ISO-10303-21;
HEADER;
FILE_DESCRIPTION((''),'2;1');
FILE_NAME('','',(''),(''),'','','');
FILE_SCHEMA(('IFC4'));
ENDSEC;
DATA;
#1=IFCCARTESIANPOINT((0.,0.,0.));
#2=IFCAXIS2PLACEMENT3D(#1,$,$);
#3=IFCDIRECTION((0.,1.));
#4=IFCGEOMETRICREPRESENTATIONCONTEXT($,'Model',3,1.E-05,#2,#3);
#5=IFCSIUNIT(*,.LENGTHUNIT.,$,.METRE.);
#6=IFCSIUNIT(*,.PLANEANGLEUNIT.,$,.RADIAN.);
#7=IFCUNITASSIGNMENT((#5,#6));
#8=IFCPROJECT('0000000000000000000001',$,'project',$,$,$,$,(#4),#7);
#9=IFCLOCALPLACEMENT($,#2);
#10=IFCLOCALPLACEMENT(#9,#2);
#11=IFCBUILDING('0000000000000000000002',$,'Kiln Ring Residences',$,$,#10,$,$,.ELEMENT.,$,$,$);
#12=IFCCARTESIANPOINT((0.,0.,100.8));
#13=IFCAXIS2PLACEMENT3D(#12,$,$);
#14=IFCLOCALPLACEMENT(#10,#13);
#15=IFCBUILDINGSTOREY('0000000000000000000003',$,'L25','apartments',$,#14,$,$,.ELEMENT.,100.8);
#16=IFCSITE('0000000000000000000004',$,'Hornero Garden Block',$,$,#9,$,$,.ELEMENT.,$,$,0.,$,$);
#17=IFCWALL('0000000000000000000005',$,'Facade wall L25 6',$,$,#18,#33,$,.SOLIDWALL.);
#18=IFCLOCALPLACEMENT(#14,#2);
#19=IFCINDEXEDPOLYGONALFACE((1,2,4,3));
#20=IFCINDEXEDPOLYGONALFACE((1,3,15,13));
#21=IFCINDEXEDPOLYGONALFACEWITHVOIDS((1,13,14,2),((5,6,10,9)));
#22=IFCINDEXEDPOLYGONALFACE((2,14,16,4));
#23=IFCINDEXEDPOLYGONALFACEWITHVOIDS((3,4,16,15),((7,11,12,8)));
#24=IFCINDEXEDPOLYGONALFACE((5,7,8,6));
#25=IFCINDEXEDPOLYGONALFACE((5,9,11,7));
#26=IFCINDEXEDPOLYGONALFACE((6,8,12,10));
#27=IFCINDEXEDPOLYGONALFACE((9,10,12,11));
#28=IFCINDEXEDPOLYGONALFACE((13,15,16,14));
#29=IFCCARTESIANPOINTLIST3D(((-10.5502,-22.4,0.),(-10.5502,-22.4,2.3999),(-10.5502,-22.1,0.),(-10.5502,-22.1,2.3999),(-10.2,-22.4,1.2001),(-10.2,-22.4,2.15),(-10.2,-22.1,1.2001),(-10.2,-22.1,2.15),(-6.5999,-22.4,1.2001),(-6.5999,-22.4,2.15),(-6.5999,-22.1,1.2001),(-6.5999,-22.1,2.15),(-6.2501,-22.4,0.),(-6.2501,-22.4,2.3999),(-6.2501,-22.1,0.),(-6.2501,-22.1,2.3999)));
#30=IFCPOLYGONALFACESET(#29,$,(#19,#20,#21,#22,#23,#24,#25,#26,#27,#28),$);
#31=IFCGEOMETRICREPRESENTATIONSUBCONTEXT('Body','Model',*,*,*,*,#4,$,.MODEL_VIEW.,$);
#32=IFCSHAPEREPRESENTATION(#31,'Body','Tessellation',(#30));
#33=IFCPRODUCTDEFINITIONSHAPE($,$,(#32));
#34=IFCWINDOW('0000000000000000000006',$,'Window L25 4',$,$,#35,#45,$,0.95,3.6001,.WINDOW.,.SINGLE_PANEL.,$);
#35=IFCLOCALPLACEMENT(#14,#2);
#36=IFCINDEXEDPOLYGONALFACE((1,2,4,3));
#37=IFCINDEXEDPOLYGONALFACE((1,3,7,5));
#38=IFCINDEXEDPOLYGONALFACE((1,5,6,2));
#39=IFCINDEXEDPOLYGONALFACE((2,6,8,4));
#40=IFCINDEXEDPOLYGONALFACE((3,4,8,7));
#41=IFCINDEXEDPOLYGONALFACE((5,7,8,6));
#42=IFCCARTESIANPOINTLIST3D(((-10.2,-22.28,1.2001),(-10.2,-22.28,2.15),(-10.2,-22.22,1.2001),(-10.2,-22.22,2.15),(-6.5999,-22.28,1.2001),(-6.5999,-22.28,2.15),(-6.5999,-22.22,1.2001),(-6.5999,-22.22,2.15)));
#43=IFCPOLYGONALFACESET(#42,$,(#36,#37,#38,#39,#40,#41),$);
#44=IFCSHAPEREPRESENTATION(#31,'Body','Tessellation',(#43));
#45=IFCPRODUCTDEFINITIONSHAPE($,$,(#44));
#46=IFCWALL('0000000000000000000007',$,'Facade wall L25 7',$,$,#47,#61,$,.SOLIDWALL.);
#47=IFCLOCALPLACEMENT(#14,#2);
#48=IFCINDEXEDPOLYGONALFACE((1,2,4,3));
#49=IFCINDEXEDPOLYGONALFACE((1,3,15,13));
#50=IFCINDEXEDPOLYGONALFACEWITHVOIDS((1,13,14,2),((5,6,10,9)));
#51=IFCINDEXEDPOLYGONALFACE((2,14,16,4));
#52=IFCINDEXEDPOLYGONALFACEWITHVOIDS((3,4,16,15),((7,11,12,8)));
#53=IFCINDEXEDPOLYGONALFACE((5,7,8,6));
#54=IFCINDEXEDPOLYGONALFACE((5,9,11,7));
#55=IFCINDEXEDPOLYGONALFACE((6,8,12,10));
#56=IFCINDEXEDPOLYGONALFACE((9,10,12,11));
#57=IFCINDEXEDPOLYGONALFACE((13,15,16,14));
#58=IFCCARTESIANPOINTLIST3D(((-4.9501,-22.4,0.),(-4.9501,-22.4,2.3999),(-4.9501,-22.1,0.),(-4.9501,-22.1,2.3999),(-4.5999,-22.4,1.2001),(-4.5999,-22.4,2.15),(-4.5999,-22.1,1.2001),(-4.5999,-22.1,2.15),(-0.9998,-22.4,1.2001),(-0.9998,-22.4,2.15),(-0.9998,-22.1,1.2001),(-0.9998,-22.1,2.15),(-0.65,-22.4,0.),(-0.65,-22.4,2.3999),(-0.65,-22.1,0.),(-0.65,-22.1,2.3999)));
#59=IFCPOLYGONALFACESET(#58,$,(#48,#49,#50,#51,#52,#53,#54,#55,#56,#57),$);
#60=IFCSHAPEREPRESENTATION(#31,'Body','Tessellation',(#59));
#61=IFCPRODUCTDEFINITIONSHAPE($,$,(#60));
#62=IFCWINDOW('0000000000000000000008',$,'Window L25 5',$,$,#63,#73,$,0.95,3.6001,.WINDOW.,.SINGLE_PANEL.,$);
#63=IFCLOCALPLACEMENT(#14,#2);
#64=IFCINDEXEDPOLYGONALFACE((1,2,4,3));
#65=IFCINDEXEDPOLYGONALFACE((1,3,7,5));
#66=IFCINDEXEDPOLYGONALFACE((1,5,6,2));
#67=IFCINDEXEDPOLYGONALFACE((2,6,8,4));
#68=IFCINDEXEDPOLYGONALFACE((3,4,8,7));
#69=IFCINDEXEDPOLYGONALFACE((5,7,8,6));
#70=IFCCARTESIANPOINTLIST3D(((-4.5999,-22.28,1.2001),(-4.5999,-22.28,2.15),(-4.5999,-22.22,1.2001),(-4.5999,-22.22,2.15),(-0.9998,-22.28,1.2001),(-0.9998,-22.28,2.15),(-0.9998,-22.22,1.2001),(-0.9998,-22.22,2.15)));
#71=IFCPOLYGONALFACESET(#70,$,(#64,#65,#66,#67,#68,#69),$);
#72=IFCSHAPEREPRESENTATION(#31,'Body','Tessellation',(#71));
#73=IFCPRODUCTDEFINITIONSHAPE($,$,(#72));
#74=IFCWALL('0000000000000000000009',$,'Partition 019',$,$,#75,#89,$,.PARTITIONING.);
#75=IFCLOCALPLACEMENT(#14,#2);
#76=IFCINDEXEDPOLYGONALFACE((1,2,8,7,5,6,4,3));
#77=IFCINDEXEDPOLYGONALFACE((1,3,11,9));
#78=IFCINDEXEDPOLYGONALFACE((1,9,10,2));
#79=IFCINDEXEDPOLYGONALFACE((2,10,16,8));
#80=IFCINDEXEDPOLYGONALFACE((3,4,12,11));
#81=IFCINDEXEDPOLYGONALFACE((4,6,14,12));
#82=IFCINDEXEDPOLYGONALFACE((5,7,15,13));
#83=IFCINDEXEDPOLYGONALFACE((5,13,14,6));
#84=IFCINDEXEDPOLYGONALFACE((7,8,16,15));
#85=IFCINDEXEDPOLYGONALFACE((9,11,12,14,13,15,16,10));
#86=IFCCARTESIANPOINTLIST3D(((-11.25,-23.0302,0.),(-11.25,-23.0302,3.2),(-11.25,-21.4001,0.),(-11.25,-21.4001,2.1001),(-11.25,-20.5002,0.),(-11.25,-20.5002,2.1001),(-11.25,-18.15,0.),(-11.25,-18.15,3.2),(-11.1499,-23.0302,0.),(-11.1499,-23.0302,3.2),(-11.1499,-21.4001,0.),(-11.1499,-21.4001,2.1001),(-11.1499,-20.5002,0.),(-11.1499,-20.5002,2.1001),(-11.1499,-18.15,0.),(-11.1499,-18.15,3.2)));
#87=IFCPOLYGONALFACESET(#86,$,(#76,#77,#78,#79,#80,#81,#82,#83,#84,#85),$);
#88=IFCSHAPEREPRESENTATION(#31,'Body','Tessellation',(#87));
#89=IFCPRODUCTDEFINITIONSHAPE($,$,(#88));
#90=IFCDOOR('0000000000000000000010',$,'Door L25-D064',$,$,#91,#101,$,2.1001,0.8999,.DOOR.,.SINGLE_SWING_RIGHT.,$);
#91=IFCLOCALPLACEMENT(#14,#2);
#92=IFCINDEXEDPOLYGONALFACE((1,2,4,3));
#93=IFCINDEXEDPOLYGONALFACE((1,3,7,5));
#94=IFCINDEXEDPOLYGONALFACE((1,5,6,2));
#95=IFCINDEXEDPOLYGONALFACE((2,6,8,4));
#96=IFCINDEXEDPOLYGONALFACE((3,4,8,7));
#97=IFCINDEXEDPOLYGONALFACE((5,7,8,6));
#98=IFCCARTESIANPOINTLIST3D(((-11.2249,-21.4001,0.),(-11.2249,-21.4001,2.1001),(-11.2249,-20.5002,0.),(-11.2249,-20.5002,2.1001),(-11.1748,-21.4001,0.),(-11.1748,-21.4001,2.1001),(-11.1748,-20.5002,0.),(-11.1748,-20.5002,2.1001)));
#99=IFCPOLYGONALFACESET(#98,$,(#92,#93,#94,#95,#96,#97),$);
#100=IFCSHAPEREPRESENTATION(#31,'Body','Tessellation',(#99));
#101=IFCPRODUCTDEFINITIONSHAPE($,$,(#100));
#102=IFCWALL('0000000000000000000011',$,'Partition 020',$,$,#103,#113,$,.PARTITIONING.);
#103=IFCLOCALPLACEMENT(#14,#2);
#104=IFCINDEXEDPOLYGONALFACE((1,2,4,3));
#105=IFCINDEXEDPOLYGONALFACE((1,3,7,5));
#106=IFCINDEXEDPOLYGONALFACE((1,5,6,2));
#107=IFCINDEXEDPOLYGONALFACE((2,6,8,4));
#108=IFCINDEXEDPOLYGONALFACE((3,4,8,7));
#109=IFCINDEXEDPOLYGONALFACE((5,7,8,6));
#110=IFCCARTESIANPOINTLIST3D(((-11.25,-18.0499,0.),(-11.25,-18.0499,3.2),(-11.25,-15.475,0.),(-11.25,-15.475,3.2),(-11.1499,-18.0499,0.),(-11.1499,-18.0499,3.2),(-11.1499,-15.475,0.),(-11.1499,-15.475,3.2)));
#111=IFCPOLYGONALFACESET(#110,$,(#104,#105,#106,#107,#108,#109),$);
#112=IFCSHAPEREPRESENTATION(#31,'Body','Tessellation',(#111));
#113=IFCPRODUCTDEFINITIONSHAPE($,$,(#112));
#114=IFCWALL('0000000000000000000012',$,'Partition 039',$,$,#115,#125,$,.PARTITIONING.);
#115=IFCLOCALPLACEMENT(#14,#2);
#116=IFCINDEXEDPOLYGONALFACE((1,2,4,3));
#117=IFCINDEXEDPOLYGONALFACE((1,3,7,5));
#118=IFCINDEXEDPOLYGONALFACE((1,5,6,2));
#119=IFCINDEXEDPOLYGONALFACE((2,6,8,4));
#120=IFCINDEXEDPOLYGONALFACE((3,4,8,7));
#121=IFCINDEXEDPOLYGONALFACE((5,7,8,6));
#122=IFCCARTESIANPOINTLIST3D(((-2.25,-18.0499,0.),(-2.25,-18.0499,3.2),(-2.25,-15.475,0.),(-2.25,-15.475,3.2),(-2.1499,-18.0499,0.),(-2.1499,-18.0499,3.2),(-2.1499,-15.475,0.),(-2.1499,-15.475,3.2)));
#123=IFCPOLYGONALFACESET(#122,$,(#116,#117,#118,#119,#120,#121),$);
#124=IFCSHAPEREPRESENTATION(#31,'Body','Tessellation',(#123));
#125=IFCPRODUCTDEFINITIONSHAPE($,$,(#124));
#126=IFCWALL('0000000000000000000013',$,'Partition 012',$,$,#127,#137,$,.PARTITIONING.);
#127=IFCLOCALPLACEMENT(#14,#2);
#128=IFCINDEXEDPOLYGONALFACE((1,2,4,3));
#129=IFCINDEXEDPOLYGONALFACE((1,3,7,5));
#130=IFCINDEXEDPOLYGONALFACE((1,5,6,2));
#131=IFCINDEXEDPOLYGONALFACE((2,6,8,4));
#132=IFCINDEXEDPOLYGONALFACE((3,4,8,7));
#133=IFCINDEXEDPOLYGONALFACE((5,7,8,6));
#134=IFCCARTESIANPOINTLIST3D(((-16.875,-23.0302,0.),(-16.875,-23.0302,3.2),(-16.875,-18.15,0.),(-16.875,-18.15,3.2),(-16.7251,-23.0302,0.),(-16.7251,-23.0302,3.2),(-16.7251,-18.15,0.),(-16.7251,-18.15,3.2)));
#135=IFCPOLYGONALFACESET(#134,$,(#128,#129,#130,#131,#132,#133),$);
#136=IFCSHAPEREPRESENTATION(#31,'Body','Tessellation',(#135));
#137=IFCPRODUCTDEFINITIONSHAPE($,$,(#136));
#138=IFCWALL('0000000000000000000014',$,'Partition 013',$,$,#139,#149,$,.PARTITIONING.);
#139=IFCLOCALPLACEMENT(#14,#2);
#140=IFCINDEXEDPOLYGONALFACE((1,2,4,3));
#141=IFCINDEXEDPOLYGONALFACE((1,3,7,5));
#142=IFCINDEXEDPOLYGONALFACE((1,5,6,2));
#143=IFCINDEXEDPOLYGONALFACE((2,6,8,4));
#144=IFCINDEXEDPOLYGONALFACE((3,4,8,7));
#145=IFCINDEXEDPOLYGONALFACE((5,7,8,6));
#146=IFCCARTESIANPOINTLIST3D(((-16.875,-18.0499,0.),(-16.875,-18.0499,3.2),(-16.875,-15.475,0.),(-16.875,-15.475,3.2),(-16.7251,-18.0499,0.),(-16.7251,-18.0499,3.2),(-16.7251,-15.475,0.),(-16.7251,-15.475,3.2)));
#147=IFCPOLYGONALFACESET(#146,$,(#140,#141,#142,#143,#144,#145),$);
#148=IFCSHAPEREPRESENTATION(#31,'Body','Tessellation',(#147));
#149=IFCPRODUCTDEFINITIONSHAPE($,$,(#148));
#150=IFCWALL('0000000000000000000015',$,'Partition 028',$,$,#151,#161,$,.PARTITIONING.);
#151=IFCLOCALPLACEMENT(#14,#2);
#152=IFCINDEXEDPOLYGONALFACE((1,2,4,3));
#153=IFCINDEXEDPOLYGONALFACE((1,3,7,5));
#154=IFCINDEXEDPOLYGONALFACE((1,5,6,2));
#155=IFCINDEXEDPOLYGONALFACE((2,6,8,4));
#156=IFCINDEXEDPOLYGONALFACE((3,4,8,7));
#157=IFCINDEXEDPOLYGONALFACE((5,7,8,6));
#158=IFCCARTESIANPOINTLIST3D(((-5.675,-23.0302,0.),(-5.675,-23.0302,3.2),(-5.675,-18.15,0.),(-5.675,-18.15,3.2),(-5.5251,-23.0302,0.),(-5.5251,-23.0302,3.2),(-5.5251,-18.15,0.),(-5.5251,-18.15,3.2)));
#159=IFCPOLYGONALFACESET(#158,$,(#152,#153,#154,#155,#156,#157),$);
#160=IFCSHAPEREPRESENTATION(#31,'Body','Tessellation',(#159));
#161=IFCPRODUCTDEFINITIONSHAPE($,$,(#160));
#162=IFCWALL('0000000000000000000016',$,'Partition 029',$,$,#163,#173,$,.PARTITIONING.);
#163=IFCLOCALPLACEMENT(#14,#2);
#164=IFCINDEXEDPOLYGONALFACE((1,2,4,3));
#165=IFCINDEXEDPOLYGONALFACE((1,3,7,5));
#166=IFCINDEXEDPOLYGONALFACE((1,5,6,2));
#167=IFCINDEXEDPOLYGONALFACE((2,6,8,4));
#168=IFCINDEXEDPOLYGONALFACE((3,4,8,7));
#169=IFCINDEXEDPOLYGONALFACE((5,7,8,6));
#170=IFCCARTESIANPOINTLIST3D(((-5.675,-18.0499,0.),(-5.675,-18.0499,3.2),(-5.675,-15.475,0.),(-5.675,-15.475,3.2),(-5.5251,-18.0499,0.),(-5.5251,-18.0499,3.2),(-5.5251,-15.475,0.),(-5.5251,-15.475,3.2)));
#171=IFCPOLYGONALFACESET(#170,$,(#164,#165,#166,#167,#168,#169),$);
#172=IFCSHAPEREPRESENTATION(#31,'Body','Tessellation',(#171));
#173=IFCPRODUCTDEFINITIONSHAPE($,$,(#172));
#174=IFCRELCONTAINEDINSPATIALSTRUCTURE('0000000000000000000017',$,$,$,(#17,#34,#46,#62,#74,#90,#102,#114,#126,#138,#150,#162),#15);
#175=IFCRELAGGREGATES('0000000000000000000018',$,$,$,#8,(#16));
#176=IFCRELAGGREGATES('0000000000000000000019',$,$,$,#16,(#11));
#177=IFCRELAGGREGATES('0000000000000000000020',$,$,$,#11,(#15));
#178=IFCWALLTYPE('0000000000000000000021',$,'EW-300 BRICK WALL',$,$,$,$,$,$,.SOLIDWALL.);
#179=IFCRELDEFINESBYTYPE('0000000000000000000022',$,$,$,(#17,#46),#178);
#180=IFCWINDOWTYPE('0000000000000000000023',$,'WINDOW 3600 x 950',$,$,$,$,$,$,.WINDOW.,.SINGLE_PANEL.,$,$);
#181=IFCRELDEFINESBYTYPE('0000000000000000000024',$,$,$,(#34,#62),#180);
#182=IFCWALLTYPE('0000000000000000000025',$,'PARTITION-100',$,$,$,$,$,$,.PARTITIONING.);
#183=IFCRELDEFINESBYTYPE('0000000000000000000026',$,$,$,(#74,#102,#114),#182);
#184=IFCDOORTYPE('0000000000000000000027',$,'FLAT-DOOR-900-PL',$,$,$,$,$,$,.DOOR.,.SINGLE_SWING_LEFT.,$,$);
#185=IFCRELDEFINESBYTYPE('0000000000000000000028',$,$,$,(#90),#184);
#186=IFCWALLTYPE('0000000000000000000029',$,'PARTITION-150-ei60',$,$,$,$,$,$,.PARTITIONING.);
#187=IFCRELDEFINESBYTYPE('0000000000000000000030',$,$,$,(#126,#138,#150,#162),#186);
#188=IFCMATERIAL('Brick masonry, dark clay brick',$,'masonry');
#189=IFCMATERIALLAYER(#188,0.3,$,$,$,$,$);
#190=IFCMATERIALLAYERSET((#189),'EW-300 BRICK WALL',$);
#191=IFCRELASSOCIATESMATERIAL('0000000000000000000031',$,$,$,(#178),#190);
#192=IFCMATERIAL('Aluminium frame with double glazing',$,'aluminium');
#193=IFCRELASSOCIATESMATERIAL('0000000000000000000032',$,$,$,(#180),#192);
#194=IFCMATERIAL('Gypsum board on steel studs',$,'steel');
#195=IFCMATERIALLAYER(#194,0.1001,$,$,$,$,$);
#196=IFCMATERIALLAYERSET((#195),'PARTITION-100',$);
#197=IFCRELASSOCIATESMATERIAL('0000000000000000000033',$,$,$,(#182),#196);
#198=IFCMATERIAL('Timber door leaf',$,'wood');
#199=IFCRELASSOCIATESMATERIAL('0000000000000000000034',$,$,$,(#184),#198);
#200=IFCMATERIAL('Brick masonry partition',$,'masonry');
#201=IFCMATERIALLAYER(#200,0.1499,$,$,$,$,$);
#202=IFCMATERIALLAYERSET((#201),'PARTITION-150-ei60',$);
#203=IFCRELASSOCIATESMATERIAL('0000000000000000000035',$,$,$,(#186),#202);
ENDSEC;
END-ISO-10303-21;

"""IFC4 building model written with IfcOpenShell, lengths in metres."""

from ifc_helpers import new_model, si_unit, direction, frame, frame_2d, origin, place, context, subcontext, project, spatial, rectangle, extrude, material, layer, layer_set, type_object, element, fill, save


model = new_model("IFC4")

# Units and contexts
model_context = context("Model", 3, precision=1e-05, world=origin(), true_north=direction((0.0, 1.0)))
body_context = subcontext(model_context, "Body", "Model", "MODEL_VIEW")
ifc_project = project(units=[si_unit("LENGTHUNIT", "METRE"), si_unit("PLANEANGLEUNIT", "RADIAN")], contexts=[model_context])

# Site, building, storey
site_placement = place(None, origin())
site = spatial("IfcSite", under=ifc_project, at=site_placement, Name="Hornero Garden Block", CompositionType="ELEMENT", RefElevation=0.0)
building_placement = place(site_placement, origin())
building = spatial("IfcBuilding", under=site, at=building_placement, Name="Kiln Ring Residences", CompositionType="ELEMENT")
storey_placement = place(building_placement, frame((0.0, 0.0, 100.8)))
storey = spatial("IfcBuildingStorey", under=building, at=storey_placement, Name="L25", Description="apartments", CompositionType="ELEMENT", Elevation=100.8)

# Walls, openings, windows
ifc_material_1 = material(Name="Brick masonry, dark clay brick", Category="masonry")
ifc_layer_1 = layer(ifc_material_1, 0.3)
ifc_layer_set_1 = layer_set([ifc_layer_1], Name="EW-300 BRICK WALL")
wall_type_1 = type_object("IfcWallType", Name="EW-300 BRICK WALL", PredefinedType="SOLIDWALL", material=ifc_layer_set_1)
ifc_material_2 = material(Name="Aluminium frame with double glazing", Category="aluminium")
window_type = type_object("IfcWindowType", Name="WINDOW 3600 x 950", PartitioningType="SINGLE_PANEL", PredefinedType="WINDOW", material=ifc_material_2)
wall_1_placement = place(storey_placement, frame((-10.55, -22.25, 0.0), z_axis=(0.0, 0.0, 1.0), x_axis=(1.0, 0.0, 0.0)))
wall_1 = element("IfcWall", 1, at=wall_1_placement, inside=storey, type_object=wall_type_1, Name="Facade wall L25 6", PredefinedType="SOLIDWALL", context=body_context, shape_type="SweptSolid", body=[
    extrude(rectangle(XDim=4.3, YDim=0.3, at=frame_2d((2.1499, 0.0))), origin(), (0.0, 0.0, 1.0), 2.3999),
])
opening_1_placement = place(wall_1_placement, frame((0.3501, 0.0, 1.2)))
opening_1 = element("IfcOpeningElement", 2, at=opening_1_placement, cuts=wall_1, PredefinedType="OPENING", context=body_context, shape_type="SweptSolid", body=[
    extrude(rectangle(XDim=3.6001, YDim=0.95, at=frame_2d((1.8, 0.4751))), frame((0.0, 0.1599, 0.0), z_axis=(0.0, -1.0, 0.0), x_axis=(1.0, 0.0, 0.0)), (0.0, 0.0, 1.0), 0.3201),
])
window_1_placement = place(opening_1_placement, origin())
window_1 = element("IfcWindow", 3, at=window_1_placement, inside=storey, type_object=window_type, Name="Window L25 4", OverallHeight=0.95, OverallWidth=3.6001, PartitioningType="SINGLE_PANEL", PredefinedType="WINDOW", context=body_context, shape_type="SweptSolid", body=[
    extrude(rectangle(XDim=3.6001, YDim=0.95, at=frame_2d((1.8, 0.4751))), frame((0.0, 0.03, 0.0), z_axis=(0.0, -1.0, 0.0), x_axis=(1.0, 0.0, 0.0)), (0.0, 0.0, 1.0), 0.0601),
])
fill(opening_1, window_1)
wall_2_placement = place(storey_placement, frame((-4.95, -22.25, 0.0), z_axis=(0.0, 0.0, 1.0), x_axis=(1.0, 0.0, 0.0)))
wall_2 = element("IfcWall", 4, at=wall_2_placement, inside=storey, type_object=wall_type_1, Name="Facade wall L25 7", PredefinedType="SOLIDWALL", context=body_context, shape_type="SweptSolid", body=[
    extrude(rectangle(XDim=4.3, YDim=0.3, at=frame_2d((2.1499, 0.0))), origin(), (0.0, 0.0, 1.0), 2.3999),
])
opening_2_placement = place(wall_2_placement, frame((0.3501, 0.0, 1.2)))
opening_2 = element("IfcOpeningElement", 5, at=opening_2_placement, cuts=wall_2, PredefinedType="OPENING", context=body_context, shape_type="SweptSolid", body=[
    extrude(rectangle(XDim=3.6001, YDim=0.95, at=frame_2d((1.8, 0.4751))), frame((0.0, 0.1599, 0.0), z_axis=(0.0, -1.0, 0.0), x_axis=(1.0, 0.0, 0.0)), (0.0, 0.0, 1.0), 0.3201),
])
window_2_placement = place(opening_2_placement, origin())
window_2 = element("IfcWindow", 6, at=window_2_placement, inside=storey, type_object=window_type, Name="Window L25 5", OverallHeight=0.95, OverallWidth=3.6001, PartitioningType="SINGLE_PANEL", PredefinedType="WINDOW", context=body_context, shape_type="SweptSolid", body=[
    extrude(rectangle(XDim=3.6001, YDim=0.95, at=frame_2d((1.8, 0.4751))), frame((0.0, 0.03, 0.0), z_axis=(0.0, -1.0, 0.0), x_axis=(1.0, 0.0, 0.0)), (0.0, 0.0, 1.0), 0.0601),
])
fill(opening_2, window_2)

# Wall, opening, door
ifc_material_3 = material(Name="Gypsum board on steel studs", Category="steel")
ifc_layer_2 = layer(ifc_material_3, 0.1001)
ifc_layer_set_2 = layer_set([ifc_layer_2], Name="PARTITION-100")
wall_type_2 = type_object("IfcWallType", Name="PARTITION-100", PredefinedType="PARTITIONING", material=ifc_layer_set_2)
wall_3_placement = place(storey_placement, frame((-11.2, -23.03, 0.0), z_axis=(0.0, 0.0, 1.0), x_axis=(0.0, 1.0, 0.0)))
wall_3 = element("IfcWall", 7, at=wall_3_placement, inside=storey, type_object=wall_type_2, Name="Partition 019", PredefinedType="PARTITIONING", context=body_context, shape_type="SweptSolid", body=[
    extrude(rectangle(XDim=4.8801, YDim=0.1001, at=frame_2d((2.4399, 0.0))), origin(), (0.0, 0.0, 1.0), 3.2),
])
opening_3_placement = place(wall_3_placement, frame((1.6299, 0.0, 0.0)))
opening_3 = element("IfcOpeningElement", 8, at=opening_3_placement, cuts=wall_3, PredefinedType="OPENING", context=body_context, shape_type="SweptSolid", body=[
    extrude(rectangle(XDim=0.8999, YDim=2.1001, at=frame_2d((0.45, 1.05))), frame((0.0, 0.0601, 0.0), z_axis=(0.0, -1.0, 0.0), x_axis=(1.0, 0.0, 0.0)), (0.0, 0.0, 1.0), 0.1201),
])
ifc_material_4 = material(Name="Timber door leaf", Category="wood")
door_type = type_object("IfcDoorType", Name="FLAT-DOOR-900-PL", OperationType="SINGLE_SWING_LEFT", PredefinedType="DOOR", material=ifc_material_4)
door_placement = place(opening_3_placement, origin())
door = element("IfcDoor", 9, at=door_placement, inside=storey, type_object=door_type, Name="Door L25-D064", OperationType="SINGLE_SWING_RIGHT", OverallHeight=2.1001, OverallWidth=0.8999, PredefinedType="DOOR", context=body_context, shape_type="SweptSolid", body=[
    extrude(rectangle(XDim=0.8999, YDim=2.1001, at=frame_2d((0.45, 1.05))), frame((0.0, 0.0249, 0.0), z_axis=(0.0, -1.0, 0.0), x_axis=(1.0, 0.0, 0.0)), (0.0, 0.0, 1.0), 0.05),
])
fill(opening_3, door)

# Walls
for number, where, z_axis, x_axis, name in (
    (10, (-11.2, -18.05, 0.0), (0.0, 0.0, 1.0), (0.0, 1.0, 0.0), "Partition 020"),
    (11, (-2.2, -18.05, 0.0), (0.0, 0.0, 1.0), (0.0, 1.0, 0.0), "Partition 039"),
):
    element("IfcWall", number, at=place(storey_placement, frame(where, z_axis=z_axis, x_axis=x_axis)), inside=storey, type_object=wall_type_2, Name=name, PredefinedType="PARTITIONING", context=body_context, shape_type="SweptSolid", body=[
        extrude(rectangle(XDim=2.575, YDim=0.1001, at=frame_2d((1.2876, 0.0))), origin(), (0.0, 0.0, 1.0), 3.2),
    ])
ifc_material_5 = material(Name="Brick masonry partition", Category="masonry")
ifc_layer_3 = layer(ifc_material_5, 0.1499)
ifc_layer_set_3 = layer_set([ifc_layer_3], Name="PARTITION-150-ei60")
wall_type_3 = type_object("IfcWallType", Name="PARTITION-150-ei60", PredefinedType="PARTITIONING", material=ifc_layer_set_3)
wall_4_placement = place(storey_placement, frame((-16.8, -23.03, 0.0), z_axis=(0.0, 0.0, 1.0), x_axis=(0.0, 1.0, 0.0)))
element("IfcWall", 12, at=wall_4_placement, inside=storey, type_object=wall_type_3, Name="Partition 012", PredefinedType="PARTITIONING", context=body_context, shape_type="SweptSolid", body=[
    extrude(rectangle(XDim=4.8801, YDim=0.1499, at=frame_2d((2.4399, 0.0))), origin(), (0.0, 0.0, 1.0), 3.2),
])
wall_5_placement = place(storey_placement, frame((-16.8, -18.05, 0.0), z_axis=(0.0, 0.0, 1.0), x_axis=(0.0, 1.0, 0.0)))
element("IfcWall", 13, at=wall_5_placement, inside=storey, type_object=wall_type_3, Name="Partition 013", PredefinedType="PARTITIONING", context=body_context, shape_type="SweptSolid", body=[
    extrude(rectangle(XDim=2.575, YDim=0.1499, at=frame_2d((1.2876, 0.0))), origin(), (0.0, 0.0, 1.0), 3.2),
])
wall_6_placement = place(storey_placement, frame((-5.6001, -23.03, 0.0), z_axis=(0.0, 0.0, 1.0), x_axis=(0.0, 1.0, 0.0)))
element("IfcWall", 14, at=wall_6_placement, inside=storey, type_object=wall_type_3, Name="Partition 028", PredefinedType="PARTITIONING", context=body_context, shape_type="SweptSolid", body=[
    extrude(rectangle(XDim=4.8801, YDim=0.1499, at=frame_2d((2.4399, 0.0))), origin(), (0.0, 0.0, 1.0), 3.2),
])
wall_7_placement = place(storey_placement, frame((-5.6001, -18.05, 0.0), z_axis=(0.0, 0.0, 1.0), x_axis=(0.0, 1.0, 0.0)))
element("IfcWall", 15, at=wall_7_placement, inside=storey, type_object=wall_type_3, Name="Partition 029", PredefinedType="PARTITIONING", context=body_context, shape_type="SweptSolid", body=[
    extrude(rectangle(XDim=2.575, YDim=0.1499, at=frame_2d((1.2876, 0.0))), origin(), (0.0, 0.0, 1.0), 3.2),
])

save(model, "model.ifc")
